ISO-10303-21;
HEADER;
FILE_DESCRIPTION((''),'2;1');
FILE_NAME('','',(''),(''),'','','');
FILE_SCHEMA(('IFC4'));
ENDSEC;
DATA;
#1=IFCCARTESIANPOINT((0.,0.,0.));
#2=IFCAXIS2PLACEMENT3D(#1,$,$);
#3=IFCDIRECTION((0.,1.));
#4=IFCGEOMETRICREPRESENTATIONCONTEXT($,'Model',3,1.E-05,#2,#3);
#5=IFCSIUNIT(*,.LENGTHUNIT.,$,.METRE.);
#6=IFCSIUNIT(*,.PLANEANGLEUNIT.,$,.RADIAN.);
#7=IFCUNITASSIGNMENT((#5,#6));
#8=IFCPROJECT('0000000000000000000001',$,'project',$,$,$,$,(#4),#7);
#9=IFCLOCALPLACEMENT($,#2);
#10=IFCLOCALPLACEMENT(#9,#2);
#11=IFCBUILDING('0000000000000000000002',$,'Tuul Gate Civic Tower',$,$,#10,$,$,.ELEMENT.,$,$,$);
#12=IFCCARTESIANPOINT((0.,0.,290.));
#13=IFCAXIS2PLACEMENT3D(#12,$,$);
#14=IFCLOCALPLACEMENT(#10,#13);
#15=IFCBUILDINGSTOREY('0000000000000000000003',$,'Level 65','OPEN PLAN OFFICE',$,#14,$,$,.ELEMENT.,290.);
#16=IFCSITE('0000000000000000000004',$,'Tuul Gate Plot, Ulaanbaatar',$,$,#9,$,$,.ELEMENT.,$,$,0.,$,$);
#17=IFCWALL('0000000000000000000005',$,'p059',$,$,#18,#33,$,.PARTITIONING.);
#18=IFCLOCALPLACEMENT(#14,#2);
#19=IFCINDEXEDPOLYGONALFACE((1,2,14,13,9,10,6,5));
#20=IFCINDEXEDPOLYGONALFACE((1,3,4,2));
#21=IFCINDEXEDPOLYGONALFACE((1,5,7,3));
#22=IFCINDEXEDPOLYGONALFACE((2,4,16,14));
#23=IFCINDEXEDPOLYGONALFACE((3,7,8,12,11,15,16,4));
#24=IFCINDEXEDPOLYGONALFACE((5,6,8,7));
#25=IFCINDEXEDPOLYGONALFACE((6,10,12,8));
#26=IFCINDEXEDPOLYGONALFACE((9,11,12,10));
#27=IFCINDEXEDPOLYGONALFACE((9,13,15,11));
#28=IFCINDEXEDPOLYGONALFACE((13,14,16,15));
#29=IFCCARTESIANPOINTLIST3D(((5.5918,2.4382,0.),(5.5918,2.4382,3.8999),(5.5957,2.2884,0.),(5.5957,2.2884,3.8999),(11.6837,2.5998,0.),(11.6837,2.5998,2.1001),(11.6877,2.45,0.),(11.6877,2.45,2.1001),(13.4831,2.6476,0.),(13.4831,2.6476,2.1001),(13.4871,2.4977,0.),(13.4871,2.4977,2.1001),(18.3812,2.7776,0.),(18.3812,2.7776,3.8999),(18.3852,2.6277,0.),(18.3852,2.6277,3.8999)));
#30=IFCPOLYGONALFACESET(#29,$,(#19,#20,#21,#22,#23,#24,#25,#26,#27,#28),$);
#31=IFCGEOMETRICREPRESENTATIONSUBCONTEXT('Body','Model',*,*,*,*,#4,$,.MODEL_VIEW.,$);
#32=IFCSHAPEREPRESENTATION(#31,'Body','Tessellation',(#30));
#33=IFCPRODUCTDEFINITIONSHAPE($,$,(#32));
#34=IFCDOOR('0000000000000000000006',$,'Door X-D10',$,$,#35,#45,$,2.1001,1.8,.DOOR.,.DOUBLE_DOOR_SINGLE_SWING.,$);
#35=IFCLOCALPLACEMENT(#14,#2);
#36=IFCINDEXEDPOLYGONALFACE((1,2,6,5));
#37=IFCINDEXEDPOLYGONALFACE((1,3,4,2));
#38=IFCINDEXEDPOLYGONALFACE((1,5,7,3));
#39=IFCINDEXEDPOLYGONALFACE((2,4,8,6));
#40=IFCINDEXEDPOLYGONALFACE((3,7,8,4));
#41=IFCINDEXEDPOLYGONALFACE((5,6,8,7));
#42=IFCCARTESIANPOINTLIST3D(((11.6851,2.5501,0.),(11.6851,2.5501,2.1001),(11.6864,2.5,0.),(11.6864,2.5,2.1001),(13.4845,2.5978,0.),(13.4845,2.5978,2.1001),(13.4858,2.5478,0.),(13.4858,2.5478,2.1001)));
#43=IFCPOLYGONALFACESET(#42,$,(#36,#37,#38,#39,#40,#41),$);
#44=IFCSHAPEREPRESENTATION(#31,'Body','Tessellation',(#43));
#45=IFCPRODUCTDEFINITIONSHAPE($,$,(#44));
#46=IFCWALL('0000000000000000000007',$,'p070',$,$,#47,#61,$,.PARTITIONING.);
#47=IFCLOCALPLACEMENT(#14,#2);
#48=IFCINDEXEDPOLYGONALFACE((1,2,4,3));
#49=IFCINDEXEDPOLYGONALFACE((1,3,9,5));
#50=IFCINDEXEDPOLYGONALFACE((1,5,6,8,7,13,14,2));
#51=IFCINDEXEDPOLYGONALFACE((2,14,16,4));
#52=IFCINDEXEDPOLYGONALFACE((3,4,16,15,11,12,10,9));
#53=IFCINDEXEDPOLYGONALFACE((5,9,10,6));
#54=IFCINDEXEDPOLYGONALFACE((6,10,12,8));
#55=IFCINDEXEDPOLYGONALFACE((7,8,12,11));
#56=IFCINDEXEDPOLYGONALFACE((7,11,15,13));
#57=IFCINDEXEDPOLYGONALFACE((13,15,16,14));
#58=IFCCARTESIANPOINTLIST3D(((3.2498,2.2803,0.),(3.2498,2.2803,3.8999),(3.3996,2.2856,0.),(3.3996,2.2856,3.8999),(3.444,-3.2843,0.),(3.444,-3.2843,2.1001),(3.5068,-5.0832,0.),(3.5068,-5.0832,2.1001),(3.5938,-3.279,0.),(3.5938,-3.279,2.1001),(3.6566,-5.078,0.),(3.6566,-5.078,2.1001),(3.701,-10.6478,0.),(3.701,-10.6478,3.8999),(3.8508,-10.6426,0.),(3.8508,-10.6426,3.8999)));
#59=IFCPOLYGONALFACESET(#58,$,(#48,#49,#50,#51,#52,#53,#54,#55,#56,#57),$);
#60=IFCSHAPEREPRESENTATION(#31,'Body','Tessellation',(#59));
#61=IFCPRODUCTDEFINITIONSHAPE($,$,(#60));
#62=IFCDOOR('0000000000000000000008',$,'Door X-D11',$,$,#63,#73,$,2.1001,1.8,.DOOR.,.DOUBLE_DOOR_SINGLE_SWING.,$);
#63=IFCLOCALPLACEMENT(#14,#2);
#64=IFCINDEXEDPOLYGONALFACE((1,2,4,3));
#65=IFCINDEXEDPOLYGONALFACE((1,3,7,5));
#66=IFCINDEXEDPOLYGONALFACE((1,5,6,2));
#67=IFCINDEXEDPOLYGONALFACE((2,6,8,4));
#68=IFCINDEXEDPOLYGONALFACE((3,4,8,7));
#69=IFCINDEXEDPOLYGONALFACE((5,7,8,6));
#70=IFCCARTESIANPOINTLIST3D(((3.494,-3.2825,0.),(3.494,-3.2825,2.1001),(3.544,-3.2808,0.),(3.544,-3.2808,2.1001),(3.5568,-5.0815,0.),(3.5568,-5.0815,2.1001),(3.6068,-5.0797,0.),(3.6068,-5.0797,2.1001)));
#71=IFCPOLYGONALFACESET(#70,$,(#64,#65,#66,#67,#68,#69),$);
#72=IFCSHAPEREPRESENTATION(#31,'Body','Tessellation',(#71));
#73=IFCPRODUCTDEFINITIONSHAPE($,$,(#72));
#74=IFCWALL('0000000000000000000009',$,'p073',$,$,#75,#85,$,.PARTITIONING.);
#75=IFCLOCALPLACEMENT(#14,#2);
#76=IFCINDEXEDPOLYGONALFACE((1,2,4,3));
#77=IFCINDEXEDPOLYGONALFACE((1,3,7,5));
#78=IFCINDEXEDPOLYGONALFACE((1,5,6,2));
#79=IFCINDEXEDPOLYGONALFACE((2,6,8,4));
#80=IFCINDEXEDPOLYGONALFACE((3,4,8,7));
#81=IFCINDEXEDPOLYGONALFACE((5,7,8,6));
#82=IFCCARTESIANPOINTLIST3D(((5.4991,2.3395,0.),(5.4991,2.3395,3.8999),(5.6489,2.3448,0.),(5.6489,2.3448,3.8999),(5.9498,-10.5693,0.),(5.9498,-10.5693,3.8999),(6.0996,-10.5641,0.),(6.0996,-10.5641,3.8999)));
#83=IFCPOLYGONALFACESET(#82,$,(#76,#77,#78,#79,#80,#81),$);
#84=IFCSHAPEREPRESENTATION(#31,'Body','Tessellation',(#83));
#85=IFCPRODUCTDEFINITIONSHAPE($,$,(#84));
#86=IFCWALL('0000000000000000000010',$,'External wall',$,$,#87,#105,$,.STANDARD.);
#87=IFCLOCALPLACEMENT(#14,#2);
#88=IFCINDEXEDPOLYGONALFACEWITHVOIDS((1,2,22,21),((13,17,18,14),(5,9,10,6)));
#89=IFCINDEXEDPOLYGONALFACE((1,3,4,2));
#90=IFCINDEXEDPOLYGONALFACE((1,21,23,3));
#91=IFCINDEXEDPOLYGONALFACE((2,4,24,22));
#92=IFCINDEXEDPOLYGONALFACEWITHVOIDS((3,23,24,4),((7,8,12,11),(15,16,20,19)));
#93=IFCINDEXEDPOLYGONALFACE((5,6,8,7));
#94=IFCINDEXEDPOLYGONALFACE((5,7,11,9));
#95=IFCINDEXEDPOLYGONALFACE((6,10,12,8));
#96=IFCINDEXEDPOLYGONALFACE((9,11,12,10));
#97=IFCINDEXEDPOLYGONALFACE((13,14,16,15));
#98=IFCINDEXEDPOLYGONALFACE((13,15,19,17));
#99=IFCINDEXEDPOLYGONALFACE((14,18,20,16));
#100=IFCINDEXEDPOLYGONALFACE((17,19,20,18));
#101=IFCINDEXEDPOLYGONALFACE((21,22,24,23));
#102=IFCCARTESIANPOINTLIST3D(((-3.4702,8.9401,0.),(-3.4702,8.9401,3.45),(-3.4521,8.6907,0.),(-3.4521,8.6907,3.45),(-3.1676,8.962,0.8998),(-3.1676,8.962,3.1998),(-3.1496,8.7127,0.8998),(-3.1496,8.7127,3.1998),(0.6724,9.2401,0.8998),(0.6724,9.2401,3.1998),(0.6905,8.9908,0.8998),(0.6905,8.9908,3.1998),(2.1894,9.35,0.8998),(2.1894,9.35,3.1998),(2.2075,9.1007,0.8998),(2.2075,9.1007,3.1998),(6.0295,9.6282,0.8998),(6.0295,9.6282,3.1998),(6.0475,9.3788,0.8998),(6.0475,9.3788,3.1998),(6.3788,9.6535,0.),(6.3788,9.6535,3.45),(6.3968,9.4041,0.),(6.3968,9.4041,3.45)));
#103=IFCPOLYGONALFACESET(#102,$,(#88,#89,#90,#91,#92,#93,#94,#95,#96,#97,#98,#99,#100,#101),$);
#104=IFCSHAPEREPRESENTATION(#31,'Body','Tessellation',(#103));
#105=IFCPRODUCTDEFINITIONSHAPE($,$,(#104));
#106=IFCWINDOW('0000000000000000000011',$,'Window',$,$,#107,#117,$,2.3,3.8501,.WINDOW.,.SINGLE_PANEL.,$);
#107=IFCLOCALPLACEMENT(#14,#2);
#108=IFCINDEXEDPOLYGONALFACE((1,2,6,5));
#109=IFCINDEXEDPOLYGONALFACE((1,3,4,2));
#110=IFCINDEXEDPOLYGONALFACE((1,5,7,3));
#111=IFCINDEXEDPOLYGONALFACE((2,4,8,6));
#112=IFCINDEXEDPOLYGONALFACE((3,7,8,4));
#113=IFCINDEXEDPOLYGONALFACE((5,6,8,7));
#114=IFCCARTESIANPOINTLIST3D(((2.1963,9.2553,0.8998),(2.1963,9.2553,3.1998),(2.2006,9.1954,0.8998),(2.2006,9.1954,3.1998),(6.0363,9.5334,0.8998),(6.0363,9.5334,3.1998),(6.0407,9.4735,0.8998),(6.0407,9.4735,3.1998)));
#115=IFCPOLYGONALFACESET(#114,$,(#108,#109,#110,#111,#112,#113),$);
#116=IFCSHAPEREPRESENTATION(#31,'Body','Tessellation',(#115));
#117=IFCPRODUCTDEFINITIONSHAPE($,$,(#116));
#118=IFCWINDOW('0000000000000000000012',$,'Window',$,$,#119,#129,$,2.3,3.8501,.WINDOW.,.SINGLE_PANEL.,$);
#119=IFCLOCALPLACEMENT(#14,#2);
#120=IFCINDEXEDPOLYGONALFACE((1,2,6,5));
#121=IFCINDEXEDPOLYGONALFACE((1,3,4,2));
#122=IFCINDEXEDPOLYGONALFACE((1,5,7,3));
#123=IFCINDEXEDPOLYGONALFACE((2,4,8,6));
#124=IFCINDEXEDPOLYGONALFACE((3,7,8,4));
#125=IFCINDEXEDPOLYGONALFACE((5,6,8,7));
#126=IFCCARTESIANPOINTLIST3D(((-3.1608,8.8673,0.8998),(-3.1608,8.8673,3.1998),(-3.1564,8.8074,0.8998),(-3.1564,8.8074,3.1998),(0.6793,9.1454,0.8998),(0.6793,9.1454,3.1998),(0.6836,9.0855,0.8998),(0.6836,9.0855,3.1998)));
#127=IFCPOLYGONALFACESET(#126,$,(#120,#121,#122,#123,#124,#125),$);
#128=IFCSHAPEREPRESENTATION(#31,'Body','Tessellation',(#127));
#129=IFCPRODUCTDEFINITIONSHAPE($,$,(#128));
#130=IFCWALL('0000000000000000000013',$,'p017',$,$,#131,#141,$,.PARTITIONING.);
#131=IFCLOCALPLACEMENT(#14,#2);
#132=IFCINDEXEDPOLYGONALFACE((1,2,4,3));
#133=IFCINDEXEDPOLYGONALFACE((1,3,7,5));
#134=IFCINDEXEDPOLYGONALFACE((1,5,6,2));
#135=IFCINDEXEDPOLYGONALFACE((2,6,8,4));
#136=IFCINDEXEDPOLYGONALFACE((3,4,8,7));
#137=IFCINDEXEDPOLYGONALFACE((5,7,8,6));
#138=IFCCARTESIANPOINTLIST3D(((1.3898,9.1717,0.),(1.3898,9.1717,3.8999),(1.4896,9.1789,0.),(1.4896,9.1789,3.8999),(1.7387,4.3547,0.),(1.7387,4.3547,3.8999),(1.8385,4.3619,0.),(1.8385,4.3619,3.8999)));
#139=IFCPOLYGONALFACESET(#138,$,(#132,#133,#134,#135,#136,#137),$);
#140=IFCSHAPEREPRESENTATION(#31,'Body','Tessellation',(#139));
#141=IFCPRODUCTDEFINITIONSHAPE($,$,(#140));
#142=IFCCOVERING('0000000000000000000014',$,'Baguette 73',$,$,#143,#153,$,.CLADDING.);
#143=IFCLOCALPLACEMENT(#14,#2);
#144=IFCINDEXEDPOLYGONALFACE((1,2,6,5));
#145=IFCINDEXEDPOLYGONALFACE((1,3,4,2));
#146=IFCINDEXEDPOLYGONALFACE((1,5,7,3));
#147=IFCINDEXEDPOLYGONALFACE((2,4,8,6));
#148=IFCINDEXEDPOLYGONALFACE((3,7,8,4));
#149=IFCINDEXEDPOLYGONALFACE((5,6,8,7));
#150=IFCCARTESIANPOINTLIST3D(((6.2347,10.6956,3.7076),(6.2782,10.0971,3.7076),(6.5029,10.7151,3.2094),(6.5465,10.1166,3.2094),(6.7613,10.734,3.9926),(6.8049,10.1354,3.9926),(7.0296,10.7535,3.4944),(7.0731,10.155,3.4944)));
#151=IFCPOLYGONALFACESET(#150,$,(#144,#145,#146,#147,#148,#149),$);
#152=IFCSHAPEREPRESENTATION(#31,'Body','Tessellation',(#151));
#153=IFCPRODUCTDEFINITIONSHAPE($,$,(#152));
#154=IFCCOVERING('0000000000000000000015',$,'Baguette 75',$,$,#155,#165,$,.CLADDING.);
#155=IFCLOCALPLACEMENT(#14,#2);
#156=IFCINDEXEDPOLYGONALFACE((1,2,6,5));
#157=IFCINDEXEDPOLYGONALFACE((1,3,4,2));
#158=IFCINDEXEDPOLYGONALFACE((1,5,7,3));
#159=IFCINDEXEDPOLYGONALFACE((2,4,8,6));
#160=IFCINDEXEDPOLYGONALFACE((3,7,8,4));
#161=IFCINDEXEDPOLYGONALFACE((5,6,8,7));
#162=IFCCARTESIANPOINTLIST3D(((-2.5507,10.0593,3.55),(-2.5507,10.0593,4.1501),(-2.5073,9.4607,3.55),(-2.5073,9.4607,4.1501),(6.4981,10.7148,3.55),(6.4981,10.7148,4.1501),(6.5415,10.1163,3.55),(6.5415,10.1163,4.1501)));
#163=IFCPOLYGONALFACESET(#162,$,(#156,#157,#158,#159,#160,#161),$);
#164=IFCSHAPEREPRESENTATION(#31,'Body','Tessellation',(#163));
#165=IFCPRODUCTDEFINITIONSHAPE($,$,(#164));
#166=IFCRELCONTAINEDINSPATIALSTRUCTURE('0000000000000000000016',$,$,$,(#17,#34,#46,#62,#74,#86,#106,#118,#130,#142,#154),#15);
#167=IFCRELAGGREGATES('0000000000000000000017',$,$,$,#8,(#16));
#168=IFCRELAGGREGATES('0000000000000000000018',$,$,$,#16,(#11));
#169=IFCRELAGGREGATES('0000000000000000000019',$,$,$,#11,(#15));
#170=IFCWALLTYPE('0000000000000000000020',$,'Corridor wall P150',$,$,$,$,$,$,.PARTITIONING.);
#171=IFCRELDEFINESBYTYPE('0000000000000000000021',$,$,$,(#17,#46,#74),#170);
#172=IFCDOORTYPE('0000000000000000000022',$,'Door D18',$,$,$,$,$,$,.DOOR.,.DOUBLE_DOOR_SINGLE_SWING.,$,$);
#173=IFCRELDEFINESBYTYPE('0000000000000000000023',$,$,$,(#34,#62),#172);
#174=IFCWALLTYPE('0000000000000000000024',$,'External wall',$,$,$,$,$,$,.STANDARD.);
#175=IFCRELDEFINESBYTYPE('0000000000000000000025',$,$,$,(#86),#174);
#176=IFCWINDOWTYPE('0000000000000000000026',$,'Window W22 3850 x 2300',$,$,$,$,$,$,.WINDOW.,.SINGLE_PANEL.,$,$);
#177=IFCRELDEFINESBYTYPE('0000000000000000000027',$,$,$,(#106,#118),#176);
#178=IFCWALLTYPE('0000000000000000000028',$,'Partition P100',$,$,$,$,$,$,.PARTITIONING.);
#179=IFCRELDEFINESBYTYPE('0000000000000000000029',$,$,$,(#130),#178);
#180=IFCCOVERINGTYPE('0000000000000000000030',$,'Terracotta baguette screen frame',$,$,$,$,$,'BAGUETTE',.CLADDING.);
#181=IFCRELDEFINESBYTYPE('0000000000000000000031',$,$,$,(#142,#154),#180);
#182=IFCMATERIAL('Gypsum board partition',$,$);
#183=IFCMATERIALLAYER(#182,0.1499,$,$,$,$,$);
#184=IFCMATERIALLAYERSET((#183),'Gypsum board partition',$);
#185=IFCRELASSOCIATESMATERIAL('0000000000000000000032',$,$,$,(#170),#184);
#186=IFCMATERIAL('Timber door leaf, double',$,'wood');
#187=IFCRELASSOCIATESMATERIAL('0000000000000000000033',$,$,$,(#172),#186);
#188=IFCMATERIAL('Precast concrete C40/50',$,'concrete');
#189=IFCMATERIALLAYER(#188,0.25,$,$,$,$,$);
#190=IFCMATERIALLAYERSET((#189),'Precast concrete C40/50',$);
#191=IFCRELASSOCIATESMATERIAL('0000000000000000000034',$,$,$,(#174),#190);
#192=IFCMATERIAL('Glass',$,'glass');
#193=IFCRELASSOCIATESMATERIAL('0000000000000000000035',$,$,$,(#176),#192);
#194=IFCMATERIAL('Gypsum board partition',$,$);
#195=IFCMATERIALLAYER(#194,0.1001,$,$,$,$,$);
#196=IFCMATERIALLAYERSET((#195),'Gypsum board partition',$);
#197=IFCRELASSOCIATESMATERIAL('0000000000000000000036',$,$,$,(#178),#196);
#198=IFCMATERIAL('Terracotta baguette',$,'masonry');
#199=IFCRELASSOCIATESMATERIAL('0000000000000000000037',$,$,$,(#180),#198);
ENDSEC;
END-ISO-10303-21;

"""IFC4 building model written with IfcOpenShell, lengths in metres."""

from ifc_helpers import new_model, si_unit, direction, frame, frame_2d, origin, origin_2d, place, context, subcontext, project, spatial, rectangle, extrude, material, layer, layer_set, material_profile, profile_set, type_object, element, fill, save


model = new_model("IFC4")

# Units and contexts
model_context = context("Model", 3, precision=1e-05, world=origin(), true_north=direction((0.0, 1.0)))
body_context = subcontext(model_context, "Body", "Model", "MODEL_VIEW")
ifc_project = project(units=[si_unit("LENGTHUNIT", "METRE"), si_unit("PLANEANGLEUNIT", "RADIAN")], contexts=[model_context])

# Site, building, storey
site_placement = place(None, origin())
site = spatial("IfcSite", under=ifc_project, at=site_placement, Name="Tuul Gate Plot, Ulaanbaatar", CompositionType="ELEMENT", RefElevation=0.0)
building_placement = place(site_placement, origin())
building = spatial("IfcBuilding", under=site, at=building_placement, Name="Tuul Gate Civic Tower", CompositionType="ELEMENT")
storey_placement = place(building_placement, frame((0.0, 0.0, 290.0)))
storey = spatial("IfcBuildingStorey", under=building, at=storey_placement, Name="Level 65", Description="OPEN PLAN OFFICE", CompositionType="ELEMENT", Elevation=290.0)

# Shared definitions
ifc_material_1 = material(Name="Gypsum board partition")
ifc_layer_1 = layer(ifc_material_1, 0.1499)
ifc_layer_set_1 = layer_set([ifc_layer_1], Name="Gypsum board partition")
wall_type_1 = type_object("IfcWallType", Name="Corridor wall P150", PredefinedType="PARTITIONING", material=ifc_layer_set_1)

# Walls, openings, doors
wall_1_placement = place(storey_placement, frame((5.5938, 2.3633, 0.0), z_axis=(0.0, 0.0, 1.0), x_axis=(0.999648, 0.026524, 0.0)))
wall_1 = element("IfcWall", 1, at=wall_1_placement, inside=storey, type_object=wall_type_1, Name="p059", PredefinedType="PARTITIONING", context=body_context, shape_type="SweptSolid", body=[
    extrude(rectangle(XDim=12.7939, YDim=0.1499, at=frame_2d((6.397, 0.0))), origin(), (0.0, 0.0, 1.0), 3.8999),
])
opening_1_placement = place(wall_1_placement, frame((6.0942, 0.0, 0.0)))
opening_1 = element("IfcOpeningElement", 2, at=opening_1_placement, cuts=wall_1, PredefinedType="OPENING", context=body_context, shape_type="SweptSolid", body=[
    extrude(rectangle(XDim=1.8, YDim=2.1001, at=frame_2d((0.8999, 1.05))), frame((0.0, 0.085, 0.0), z_axis=(0.0, -1.0, 0.0), x_axis=(1.0, 0.0, 0.0)), (0.0, 0.0, 1.0), 0.1699),
])
ifc_material_2 = material(Name="Timber door leaf, double", Category="wood")
door_type = type_object("IfcDoorType", Name="Door D18", OperationType="DOUBLE_DOOR_SINGLE_SWING", PredefinedType="DOOR", material=ifc_material_2)
door_1_placement = place(opening_1_placement, frame((1.8, 0.0, 0.0), z_axis=(0.0, 0.0, 1.0), x_axis=(-1.0, 0.0, 0.0)))
door_1 = element("IfcDoor", 3, at=door_1_placement, inside=storey, type_object=door_type, Name="Door X-D10", OperationType="DOUBLE_DOOR_SINGLE_SWING", OverallHeight=2.1001, OverallWidth=1.8, PredefinedType="DOOR", context=body_context, shape_type="SweptSolid", body=[
    extrude(rectangle(XDim=1.8, YDim=2.1001, at=frame_2d((0.9001, 1.05))), frame((0.0, 0.0249, 0.0), z_axis=(0.0, -1.0, 0.0), x_axis=(1.0, 0.0, 0.0)), (0.0, 0.0, 1.0), 0.05),
])
fill(opening_1, door_1)
wall_2_placement = place(storey_placement, frame((3.3247, 2.283, 0.0), z_axis=(0.0, 0.0, 1.0), x_axis=(0.034877, -0.999392, 0.0)))
wall_2 = element("IfcWall", 4, at=wall_2_placement, inside=storey, type_object=wall_type_1, Name="p070", PredefinedType="PARTITIONING", context=body_context, shape_type="SweptSolid", body=[
    extrude(rectangle(XDim=12.936, YDim=0.1499, at=frame_2d((6.468, 0.0))), origin(), (0.0, 0.0, 1.0), 3.8999),
])
opening_2_placement = place(wall_2_placement, frame((5.5681, 0.0, 0.0)))
opening_2 = element("IfcOpeningElement", 5, at=opening_2_placement, cuts=wall_2, PredefinedType="OPENING", context=body_context, shape_type="SweptSolid", body=[
    extrude(rectangle(XDim=1.8, YDim=2.1001, at=frame_2d((0.8999, 1.05))), frame((0.0, 0.085, 0.0), z_axis=(0.0, -1.0, 0.0), x_axis=(1.0, 0.0, 0.0)), (0.0, 0.0, 1.0), 0.1699),
])
door_2_placement = place(opening_2_placement, frame((1.8, 0.0, 0.0), z_axis=(0.0, 0.0, 1.0), x_axis=(-1.0, 0.0, 0.0)))
door_2 = element("IfcDoor", 6, at=door_2_placement, inside=storey, type_object=door_type, Name="Door X-D11", OperationType="DOUBLE_DOOR_SINGLE_SWING", OverallHeight=2.1001, OverallWidth=1.8, PredefinedType="DOOR", context=body_context, shape_type="SweptSolid", body=[
    extrude(rectangle(XDim=1.8, YDim=2.1001, at=frame_2d((0.9001, 1.05))), frame((0.0, 0.0249, 0.0), z_axis=(0.0, -1.0, 0.0), x_axis=(1.0, 0.0, 0.0)), (0.0, 0.0, 1.0), 0.05),
])
fill(opening_2, door_2)

# Wall
wall_3_placement = place(storey_placement, frame((5.574, 2.3423, 0.0), z_axis=(0.0, 0.0, 1.0), x_axis=(0.034891, -0.999391, 0.0)))
element("IfcWall", 7, at=wall_3_placement, inside=storey, type_object=wall_type_1, Name="p073", PredefinedType="PARTITIONING", context=body_context, shape_type="SweptSolid", body=[
    extrude(rectangle(XDim=12.9167, YDim=0.1499, at=frame_2d((6.4585, 0.0))), origin(), (0.0, 0.0, 1.0), 3.8999),
])

# Wall, openings, windows
ifc_material_3 = material(Name="Precast concrete C40/50", Category="concrete")
ifc_layer_2 = layer(ifc_material_3, 0.25)
ifc_layer_set_2 = layer_set([ifc_layer_2], Name="Precast concrete C40/50")
wall_type_2 = type_object("IfcWallType", Name="External wall", PredefinedType="STANDARD", material=ifc_layer_set_2)
wall_4_placement = place(storey_placement, frame((6.3879, 9.5288, 0.0), z_axis=(0.0, 0.0, 1.0), x_axis=(-0.997387, -0.072243, 0.0)))
wall_4 = element("IfcWall", 8, at=wall_4_placement, inside=storey, type_object=wall_type_2, Name="External wall", PredefinedType="STANDARD", context=body_context, shape_type="SweptSolid", body=[
    extrude(rectangle(XDim=9.8748, YDim=0.25, at=frame_2d((4.9375, 0.0))), origin(), (0.0, 0.0, 1.0), 3.45),
])
opening_3_placement = place(wall_4_placement, frame((0.3503, 0.0, 0.8999)))
opening_3 = element("IfcOpeningElement", 9, at=opening_3_placement, cuts=wall_4, PredefinedType="OPENING", context=body_context, shape_type="SweptSolid", body=[
    extrude(rectangle(XDim=3.8501, YDim=2.3, at=frame_2d((1.925, 1.1499))), frame((0.0, 0.135, 0.0), z_axis=(0.0, -1.0, 0.0), x_axis=(1.0, 0.0, 0.0)), (0.0, 0.0, 1.0), 0.27),
])
opening_4_placement = place(wall_4_placement, frame((5.7214, 0.0, 0.8999)))
opening_4 = element("IfcOpeningElement", 10, at=opening_4_placement, cuts=wall_4, PredefinedType="OPENING", context=body_context, shape_type="SweptSolid", body=[
    extrude(rectangle(XDim=3.8501, YDim=2.3, at=frame_2d((1.925, 1.1499))), frame((0.0, 0.135, 0.0), z_axis=(0.0, -1.0, 0.0), x_axis=(1.0, 0.0, 0.0)), (0.0, 0.0, 1.0), 0.27),
])
ifc_material_4 = material(Name="Glass", Category="glass")
window_type = type_object("IfcWindowType", Name="Window W22 3850 x 2300", PartitioningType="SINGLE_PANEL", PredefinedType="WINDOW", material=ifc_material_4)
window_1_placement = place(opening_3_placement, origin())
window_1 = element("IfcWindow", 11, at=window_1_placement, inside=storey, type_object=window_type, Name="Window", OverallHeight=2.3, OverallWidth=3.8501, PartitioningType="SINGLE_PANEL", PredefinedType="WINDOW", context=body_context, shape_type="SweptSolid", body=[
    extrude(rectangle(XDim=3.8501, YDim=2.3, at=frame_2d((1.925, 1.1499))), frame((0.0, 0.03, 0.0), z_axis=(0.0, -1.0, 0.0), x_axis=(1.0, 0.0, 0.0)), (0.0, 0.0, 1.0), 0.0601),
])
fill(opening_3, window_1)
window_2_placement = place(opening_4_placement, origin())
window_2 = element("IfcWindow", 12, at=window_2_placement, inside=storey, type_object=window_type, Name="Window", OverallHeight=2.3, OverallWidth=3.8501, PartitioningType="SINGLE_PANEL", PredefinedType="WINDOW", context=body_context, shape_type="SweptSolid", body=[
    extrude(rectangle(XDim=3.8501, YDim=2.3, at=frame_2d((1.925, 1.1499))), frame((0.0, 0.03, 0.0), z_axis=(0.0, -1.0, 0.0), x_axis=(1.0, 0.0, 0.0)), (0.0, 0.0, 1.0), 0.0601),
])
fill(opening_4, window_2)

# Wall
ifc_material_5 = material(Name="Gypsum board partition")
ifc_layer_3 = layer(ifc_material_5, 0.1001)
ifc_layer_set_3 = layer_set([ifc_layer_3], Name="Gypsum board partition")
wall_type_3 = type_object("IfcWallType", Name="Partition P100", PredefinedType="PARTITIONING", material=ifc_layer_set_3)
wall_5_placement = place(storey_placement, frame((1.4397, 9.1753, 0.0), z_axis=(0.0, 0.0, 1.0), x_axis=(0.072239, -0.997387, 0.0)))
element("IfcWall", 13, at=wall_5_placement, inside=storey, type_object=wall_type_3, Name="p017", PredefinedType="PARTITIONING", context=body_context, shape_type="SweptSolid", body=[
    extrude(rectangle(XDim=4.8296, YDim=0.1001, at=frame_2d((2.4148, 0.0))), origin(), (0.0, 0.0, 1.0), 3.8999),
])

# Coverings
ifc_material_6 = material(Name="Terracotta baguette", Category="masonry")
ifc_material_profile_1 = material_profile(ifc_material_6, rectangle(XDim=0.6001, YDim=0.6001, at=origin_2d()), Name="Terracotta baguette screen frame")
ifc_profile_set_1 = profile_set([ifc_material_profile_1], Name="Terracotta baguette")
covering_type = type_object("IfcCoveringType", Name="Terracotta baguette screen frame", ElementType="BAGUETTE", PredefinedType="CLADDING", material=ifc_profile_set_1)
covering_1_placement = place(storey_placement, frame((6.5198, 10.4155, 3.8501), z_axis=(0.473818, 0.034491, -0.879947), x_axis=(-0.072601, 0.997361, 0.0)))
element("IfcCovering", 14, at=covering_1_placement, inside=storey, type_object=covering_type, Name="Baguette 73", PredefinedType="CLADDING", context=body_context, shape_type="SweptSolid", body=[
    extrude(rectangle(XDim=0.6001, YDim=0.6001, at=origin_2d()), origin(), (0.0, 0.0, 1.0), 0.5662),
])
covering_2_placement = place(storey_placement, frame((6.5198, 10.4155, 3.8501), z_axis=(-0.997386, -0.072253, 0.0), x_axis=(0.072253, -0.997386, 0.0)))
element("IfcCovering", 15, at=covering_2_placement, inside=storey, type_object=covering_type, Name="Baguette 75", PredefinedType="CLADDING", context=body_context, shape_type="SweptSolid", body=[
    extrude(rectangle(XDim=0.6001, YDim=0.6001, at=origin_2d()), origin(), (0.0, 0.0, 1.0), 9.0725),
])

save(model, "model.ifc")
